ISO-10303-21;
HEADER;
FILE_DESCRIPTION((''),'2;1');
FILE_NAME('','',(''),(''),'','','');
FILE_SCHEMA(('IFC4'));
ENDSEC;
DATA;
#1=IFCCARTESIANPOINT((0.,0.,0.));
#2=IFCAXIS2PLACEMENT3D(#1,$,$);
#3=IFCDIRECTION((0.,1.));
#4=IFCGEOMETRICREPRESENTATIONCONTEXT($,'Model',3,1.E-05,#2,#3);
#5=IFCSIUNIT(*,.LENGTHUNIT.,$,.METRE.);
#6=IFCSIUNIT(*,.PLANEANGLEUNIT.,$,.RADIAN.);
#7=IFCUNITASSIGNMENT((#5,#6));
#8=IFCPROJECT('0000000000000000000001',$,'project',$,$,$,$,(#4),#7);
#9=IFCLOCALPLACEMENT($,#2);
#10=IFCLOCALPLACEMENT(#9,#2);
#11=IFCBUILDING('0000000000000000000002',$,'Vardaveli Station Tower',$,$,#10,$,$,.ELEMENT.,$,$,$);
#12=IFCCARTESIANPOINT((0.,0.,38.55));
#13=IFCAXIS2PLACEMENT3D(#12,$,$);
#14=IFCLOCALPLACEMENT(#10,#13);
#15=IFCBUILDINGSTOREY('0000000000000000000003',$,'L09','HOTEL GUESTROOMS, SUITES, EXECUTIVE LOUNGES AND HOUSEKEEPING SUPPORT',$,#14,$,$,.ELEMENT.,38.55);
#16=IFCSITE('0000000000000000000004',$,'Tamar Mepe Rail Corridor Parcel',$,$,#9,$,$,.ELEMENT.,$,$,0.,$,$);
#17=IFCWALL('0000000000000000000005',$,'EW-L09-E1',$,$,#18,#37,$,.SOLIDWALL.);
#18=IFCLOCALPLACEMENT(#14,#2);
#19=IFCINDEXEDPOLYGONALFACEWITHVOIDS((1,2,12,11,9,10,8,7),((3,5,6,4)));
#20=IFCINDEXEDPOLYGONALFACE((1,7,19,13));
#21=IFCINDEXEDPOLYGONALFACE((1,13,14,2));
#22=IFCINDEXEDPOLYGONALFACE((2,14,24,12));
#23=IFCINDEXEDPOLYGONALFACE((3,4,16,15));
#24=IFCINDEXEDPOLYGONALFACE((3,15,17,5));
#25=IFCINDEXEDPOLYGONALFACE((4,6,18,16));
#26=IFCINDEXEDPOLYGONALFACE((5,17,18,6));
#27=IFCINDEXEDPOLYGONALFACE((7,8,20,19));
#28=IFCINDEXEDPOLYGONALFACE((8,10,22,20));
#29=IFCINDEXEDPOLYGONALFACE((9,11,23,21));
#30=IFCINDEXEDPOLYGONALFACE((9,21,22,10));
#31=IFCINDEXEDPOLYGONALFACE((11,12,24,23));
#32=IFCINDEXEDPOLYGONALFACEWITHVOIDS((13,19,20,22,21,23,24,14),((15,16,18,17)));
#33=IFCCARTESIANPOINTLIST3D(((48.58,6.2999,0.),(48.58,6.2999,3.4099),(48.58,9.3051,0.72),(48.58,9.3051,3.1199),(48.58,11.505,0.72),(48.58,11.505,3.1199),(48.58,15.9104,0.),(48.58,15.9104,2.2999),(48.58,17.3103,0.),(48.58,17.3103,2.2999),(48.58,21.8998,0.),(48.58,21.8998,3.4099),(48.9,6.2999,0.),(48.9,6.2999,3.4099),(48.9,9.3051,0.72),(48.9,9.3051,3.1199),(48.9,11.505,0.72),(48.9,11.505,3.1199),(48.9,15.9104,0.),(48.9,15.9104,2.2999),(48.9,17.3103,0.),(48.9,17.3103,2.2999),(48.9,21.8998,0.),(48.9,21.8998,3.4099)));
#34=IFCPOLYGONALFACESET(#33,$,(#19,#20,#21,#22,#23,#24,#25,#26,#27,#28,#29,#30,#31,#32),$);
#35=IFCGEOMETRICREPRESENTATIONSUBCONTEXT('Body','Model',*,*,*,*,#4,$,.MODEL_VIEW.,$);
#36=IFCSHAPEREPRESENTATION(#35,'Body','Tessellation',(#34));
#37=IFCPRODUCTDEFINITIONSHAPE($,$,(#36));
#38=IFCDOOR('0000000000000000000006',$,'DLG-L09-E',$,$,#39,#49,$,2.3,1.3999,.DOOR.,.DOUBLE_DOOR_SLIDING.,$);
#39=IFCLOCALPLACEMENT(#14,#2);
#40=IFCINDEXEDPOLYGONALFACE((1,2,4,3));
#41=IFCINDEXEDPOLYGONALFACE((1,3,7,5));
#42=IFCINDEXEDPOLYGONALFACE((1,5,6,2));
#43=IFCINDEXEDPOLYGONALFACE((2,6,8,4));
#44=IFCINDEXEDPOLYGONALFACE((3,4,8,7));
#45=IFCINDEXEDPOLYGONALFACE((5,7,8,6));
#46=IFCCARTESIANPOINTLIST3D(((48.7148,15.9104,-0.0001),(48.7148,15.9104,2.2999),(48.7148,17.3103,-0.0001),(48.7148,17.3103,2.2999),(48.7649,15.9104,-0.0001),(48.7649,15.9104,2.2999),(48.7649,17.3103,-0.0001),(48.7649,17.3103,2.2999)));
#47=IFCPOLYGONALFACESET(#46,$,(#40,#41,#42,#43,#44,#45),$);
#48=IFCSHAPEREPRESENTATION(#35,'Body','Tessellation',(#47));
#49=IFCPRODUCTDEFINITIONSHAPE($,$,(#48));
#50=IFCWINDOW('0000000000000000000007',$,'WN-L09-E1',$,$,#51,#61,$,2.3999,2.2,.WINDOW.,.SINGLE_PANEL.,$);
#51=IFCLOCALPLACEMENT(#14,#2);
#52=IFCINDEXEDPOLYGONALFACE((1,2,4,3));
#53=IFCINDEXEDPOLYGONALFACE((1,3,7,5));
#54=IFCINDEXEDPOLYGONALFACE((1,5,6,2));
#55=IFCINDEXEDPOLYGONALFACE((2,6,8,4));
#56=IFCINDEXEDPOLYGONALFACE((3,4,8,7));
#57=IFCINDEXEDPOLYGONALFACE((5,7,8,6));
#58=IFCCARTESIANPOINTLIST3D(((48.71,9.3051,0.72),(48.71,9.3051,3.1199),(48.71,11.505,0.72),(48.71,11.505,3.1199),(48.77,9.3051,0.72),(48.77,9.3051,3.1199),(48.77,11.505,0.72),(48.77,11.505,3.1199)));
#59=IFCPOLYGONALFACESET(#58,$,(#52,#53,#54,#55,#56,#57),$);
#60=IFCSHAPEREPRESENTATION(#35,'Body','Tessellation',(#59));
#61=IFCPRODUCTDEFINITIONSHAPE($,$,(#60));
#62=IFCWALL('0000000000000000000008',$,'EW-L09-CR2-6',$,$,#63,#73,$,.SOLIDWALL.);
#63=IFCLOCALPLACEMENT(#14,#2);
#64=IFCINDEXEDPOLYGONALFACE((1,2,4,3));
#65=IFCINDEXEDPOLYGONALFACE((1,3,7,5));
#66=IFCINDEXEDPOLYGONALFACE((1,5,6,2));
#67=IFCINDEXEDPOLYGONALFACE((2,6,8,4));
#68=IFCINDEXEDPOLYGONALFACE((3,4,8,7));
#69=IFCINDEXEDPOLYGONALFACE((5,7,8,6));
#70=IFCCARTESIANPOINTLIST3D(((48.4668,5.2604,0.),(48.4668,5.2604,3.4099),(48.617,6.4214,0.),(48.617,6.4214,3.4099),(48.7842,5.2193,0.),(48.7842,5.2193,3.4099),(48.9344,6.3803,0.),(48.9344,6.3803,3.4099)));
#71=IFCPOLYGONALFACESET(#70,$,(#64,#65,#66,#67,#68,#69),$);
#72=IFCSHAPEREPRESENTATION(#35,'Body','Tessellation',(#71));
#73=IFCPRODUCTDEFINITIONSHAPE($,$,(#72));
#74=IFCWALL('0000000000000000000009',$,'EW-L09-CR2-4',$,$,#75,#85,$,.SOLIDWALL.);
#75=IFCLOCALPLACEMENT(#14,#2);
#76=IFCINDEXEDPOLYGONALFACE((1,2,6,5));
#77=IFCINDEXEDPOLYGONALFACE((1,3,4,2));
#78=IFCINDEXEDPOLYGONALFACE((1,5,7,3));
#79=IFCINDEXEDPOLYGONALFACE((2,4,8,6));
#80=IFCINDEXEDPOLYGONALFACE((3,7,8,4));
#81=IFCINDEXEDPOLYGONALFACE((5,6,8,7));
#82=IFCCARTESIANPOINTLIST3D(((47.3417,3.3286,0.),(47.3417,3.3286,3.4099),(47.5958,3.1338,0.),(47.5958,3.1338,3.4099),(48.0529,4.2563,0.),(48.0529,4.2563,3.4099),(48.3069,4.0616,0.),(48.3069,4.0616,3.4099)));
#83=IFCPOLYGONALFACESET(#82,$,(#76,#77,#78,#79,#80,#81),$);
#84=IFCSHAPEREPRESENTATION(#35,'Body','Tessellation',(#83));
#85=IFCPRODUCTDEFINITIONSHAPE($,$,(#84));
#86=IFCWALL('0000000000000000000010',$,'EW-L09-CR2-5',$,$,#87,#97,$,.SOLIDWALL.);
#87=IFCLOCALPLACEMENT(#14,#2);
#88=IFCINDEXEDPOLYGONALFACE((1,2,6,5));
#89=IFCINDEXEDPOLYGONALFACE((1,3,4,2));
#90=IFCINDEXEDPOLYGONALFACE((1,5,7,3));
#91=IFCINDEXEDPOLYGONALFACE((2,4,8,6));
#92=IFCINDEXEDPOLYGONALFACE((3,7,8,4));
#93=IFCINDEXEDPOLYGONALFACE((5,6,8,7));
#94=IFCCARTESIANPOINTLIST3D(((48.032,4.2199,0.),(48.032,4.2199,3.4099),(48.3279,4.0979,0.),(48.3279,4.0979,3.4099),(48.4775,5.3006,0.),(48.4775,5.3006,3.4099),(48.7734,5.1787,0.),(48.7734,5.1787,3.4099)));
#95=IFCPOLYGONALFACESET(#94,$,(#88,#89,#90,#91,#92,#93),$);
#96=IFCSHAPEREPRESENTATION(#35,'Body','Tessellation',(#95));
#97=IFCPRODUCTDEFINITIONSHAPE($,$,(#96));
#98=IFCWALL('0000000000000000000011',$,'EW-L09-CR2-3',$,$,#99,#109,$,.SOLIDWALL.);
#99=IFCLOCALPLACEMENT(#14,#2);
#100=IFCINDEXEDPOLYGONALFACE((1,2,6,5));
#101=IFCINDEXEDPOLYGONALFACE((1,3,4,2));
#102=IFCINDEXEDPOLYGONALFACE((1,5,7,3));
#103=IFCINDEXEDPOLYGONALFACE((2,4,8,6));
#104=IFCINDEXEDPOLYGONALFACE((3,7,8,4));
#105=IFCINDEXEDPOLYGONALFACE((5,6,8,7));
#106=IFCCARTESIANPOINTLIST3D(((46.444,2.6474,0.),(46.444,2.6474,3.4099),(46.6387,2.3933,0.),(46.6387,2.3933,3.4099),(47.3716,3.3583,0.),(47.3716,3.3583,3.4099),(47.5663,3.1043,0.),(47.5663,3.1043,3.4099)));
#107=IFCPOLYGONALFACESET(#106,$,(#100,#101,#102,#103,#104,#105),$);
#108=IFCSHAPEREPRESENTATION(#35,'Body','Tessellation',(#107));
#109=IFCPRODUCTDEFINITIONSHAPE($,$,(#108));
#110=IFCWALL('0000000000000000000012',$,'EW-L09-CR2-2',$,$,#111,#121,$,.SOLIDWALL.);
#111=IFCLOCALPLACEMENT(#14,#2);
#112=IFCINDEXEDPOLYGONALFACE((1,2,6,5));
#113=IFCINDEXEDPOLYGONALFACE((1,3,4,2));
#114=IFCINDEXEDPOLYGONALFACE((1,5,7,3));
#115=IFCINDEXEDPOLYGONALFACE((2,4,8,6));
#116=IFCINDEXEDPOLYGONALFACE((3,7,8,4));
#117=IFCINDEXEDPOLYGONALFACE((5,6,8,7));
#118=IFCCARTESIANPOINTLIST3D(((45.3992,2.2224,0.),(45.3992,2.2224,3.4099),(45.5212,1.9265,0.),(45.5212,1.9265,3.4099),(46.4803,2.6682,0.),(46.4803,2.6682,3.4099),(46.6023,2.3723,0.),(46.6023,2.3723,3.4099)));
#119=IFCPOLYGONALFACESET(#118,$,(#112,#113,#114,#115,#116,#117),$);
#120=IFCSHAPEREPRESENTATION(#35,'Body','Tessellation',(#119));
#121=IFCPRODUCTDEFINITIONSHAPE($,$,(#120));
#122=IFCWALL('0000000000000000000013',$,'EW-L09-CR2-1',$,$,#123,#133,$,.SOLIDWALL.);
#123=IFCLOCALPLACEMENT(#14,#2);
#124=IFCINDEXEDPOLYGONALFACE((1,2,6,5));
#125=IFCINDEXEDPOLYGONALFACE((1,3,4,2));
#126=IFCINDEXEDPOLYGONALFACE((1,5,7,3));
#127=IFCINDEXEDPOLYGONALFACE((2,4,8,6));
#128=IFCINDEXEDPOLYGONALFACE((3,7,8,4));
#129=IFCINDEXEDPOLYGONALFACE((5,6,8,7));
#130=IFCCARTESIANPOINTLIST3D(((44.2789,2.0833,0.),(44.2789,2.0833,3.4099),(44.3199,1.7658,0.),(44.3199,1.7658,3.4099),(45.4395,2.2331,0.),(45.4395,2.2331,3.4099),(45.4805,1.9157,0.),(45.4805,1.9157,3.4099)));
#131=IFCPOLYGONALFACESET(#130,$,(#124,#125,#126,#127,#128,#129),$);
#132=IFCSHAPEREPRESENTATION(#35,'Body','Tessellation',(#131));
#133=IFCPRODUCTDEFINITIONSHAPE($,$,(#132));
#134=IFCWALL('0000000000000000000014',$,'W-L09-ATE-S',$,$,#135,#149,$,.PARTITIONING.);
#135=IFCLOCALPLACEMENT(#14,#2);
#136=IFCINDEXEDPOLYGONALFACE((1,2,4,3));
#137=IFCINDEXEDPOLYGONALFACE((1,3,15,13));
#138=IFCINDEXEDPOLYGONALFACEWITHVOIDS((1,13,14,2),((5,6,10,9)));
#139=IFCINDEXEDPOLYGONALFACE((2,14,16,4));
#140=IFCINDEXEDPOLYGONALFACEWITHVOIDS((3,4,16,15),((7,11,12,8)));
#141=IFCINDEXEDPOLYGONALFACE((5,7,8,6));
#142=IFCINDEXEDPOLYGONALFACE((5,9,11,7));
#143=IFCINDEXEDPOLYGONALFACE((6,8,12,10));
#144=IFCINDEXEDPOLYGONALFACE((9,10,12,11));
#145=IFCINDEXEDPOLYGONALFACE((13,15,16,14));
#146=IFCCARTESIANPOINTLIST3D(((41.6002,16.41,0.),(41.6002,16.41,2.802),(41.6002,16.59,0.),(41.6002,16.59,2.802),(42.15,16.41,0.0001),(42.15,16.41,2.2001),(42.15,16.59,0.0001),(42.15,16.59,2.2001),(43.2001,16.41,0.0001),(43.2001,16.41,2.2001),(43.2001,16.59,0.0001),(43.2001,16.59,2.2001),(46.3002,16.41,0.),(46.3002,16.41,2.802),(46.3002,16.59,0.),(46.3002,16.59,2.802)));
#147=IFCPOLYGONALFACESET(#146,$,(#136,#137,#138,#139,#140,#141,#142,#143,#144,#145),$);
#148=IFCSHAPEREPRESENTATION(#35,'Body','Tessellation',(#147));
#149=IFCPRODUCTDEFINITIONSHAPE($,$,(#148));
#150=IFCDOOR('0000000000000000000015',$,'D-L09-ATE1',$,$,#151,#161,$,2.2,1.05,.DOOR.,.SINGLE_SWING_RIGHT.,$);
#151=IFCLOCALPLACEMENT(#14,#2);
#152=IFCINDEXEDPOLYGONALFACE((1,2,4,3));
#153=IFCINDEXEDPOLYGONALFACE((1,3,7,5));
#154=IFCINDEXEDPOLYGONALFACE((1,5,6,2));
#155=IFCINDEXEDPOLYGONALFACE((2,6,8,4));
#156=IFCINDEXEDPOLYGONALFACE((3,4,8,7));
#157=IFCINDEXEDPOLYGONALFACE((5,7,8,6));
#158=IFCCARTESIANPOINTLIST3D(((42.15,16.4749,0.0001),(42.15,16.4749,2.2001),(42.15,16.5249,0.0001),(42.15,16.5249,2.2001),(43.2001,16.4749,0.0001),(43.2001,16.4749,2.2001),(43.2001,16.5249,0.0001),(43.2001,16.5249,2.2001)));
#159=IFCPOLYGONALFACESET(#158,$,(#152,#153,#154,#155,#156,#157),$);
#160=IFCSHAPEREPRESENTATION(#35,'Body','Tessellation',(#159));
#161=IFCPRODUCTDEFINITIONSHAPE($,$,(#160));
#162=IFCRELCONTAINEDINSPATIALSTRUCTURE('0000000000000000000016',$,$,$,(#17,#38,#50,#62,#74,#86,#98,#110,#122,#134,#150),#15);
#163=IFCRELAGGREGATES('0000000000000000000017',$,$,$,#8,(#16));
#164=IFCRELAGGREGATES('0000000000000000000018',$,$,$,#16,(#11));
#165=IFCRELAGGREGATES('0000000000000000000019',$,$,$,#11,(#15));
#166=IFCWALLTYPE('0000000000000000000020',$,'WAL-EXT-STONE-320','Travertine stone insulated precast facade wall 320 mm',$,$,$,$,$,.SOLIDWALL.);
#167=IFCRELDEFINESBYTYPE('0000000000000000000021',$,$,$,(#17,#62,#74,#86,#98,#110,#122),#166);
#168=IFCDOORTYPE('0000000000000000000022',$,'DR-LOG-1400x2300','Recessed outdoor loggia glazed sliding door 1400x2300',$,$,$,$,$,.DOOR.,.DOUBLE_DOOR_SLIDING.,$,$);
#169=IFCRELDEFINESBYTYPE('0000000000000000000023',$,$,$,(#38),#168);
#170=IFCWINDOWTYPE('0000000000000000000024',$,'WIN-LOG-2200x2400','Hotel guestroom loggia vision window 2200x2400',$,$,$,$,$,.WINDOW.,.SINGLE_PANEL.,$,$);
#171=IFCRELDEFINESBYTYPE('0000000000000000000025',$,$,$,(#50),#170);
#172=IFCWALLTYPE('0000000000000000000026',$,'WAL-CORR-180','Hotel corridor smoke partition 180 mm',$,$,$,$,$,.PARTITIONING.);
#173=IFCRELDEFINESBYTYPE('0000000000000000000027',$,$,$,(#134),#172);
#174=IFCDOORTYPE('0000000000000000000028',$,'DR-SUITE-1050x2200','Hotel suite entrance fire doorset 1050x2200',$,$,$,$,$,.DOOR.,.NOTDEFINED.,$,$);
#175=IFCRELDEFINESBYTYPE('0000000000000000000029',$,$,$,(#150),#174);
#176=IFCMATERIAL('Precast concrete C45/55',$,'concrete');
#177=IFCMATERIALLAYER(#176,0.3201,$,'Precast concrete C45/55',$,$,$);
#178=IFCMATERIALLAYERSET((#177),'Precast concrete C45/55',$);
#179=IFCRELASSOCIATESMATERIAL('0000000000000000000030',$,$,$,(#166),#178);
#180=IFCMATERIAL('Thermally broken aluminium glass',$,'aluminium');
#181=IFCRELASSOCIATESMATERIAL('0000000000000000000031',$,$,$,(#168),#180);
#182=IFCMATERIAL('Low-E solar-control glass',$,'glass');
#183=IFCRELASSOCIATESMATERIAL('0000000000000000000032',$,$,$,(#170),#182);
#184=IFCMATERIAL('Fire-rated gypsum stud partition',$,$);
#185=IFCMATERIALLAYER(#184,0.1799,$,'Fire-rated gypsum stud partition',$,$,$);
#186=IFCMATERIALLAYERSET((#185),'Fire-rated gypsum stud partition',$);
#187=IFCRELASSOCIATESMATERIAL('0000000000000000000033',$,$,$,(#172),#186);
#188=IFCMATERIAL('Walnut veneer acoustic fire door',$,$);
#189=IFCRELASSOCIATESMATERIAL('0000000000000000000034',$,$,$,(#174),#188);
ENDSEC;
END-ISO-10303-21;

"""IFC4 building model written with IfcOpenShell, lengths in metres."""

from ifc_helpers import new_model, si_unit, direction, frame, frame_2d, origin, place, context, subcontext, project, spatial, rectangle, extrude, source, transform, mapped, material, layer, layer_set, type_object, element, fill, save


model = new_model("IFC4")

# Units and contexts
model_context = context("Model", 3, precision=1e-05, world=origin(), true_north=direction((0.0, 1.0)))
body_context = subcontext(model_context, "Body", "Model", "MODEL_VIEW")
ifc_project = project(units=[si_unit("LENGTHUNIT", "METRE"), si_unit("PLANEANGLEUNIT", "RADIAN")], contexts=[model_context])

# Site, building, storey
site_placement = place(None, origin())
site = spatial("IfcSite", under=ifc_project, at=site_placement, Name="Tamar Mepe Rail Corridor Parcel", CompositionType="ELEMENT", RefElevation=0.0)
building_placement = place(site_placement, origin())
building = spatial("IfcBuilding", under=site, at=building_placement, Name="Vardaveli Station Tower", CompositionType="ELEMENT")
storey_placement = place(building_placement, frame((0.0, 0.0, 38.55)))
storey = spatial("IfcBuildingStorey", under=building, at=storey_placement, Name="L09", Description="HOTEL GUESTROOMS, SUITES, EXECUTIVE LOUNGES AND HOUSEKEEPING SUPPORT", CompositionType="ELEMENT", Elevation=38.55)

# Shared definitions
ifc_material_1 = material(Name="Precast concrete C45/55", Category="concrete")

# Wall, openings, door, window
ifc_layer_1 = layer(ifc_material_1, 0.3201, Name="Precast concrete C45/55")
ifc_layer_set_1 = layer_set([ifc_layer_1], Name="Precast concrete C45/55")
wall_type_1 = type_object("IfcWallType", Name="WAL-EXT-STONE-320", Description="Travertine stone insulated precast facade wall 320 mm", PredefinedType="SOLIDWALL", material=ifc_layer_set_1)
shared_shape_1 = source(origin(), body_context, "Body", "SweptSolid", [
    extrude(rectangle(XDim=15.5999, YDim=0.3201, at=frame_2d((7.7998, 0.0))), origin(), (0.0, 0.0, 1.0), 3.4099),
])
wall_1_placement = place(storey_placement, frame((48.74, 6.3, 0.0), z_axis=(0.0, 0.0, 1.0), x_axis=(0.0, 1.0, 0.0)))
wall_1 = element("IfcWall", 1, at=wall_1_placement, inside=storey, type_object=wall_type_1, Name="EW-L09-E1", PredefinedType="SOLIDWALL", context=body_context, shape_type="MappedRepresentation", body=[
    mapped(shared_shape_1, transform((0.0, 0.0, 0.0), scale=1.0)),
])
shared_shape_2 = source(origin(), body_context, "Body", "SweptSolid", [
    extrude(rectangle(XDim=1.3999, YDim=2.3, at=frame_2d((0.7, 1.1499))), frame((0.0, 0.1699, 0.0), z_axis=(0.0, -1.0, 0.0), x_axis=(1.0, 0.0, 0.0)), (0.0, 0.0, 1.0), 0.3401),
])
opening_1_placement = place(wall_1_placement, frame((9.6104, 0.0, 0.0)))
opening_1 = element("IfcOpeningElement", 2, at=opening_1_placement, cuts=wall_1, PredefinedType="OPENING", context=body_context, shape_type="MappedRepresentation", body=[
    mapped(shared_shape_2, transform((0.0, 0.0, 0.0), scale=1.0)),
])
shared_shape_3 = source(origin(), body_context, "Body", "SweptSolid", [
    extrude(rectangle(XDim=2.2, YDim=2.3999, at=frame_2d((1.1001, 1.2))), frame((0.0, 0.1699, 0.0), z_axis=(0.0, -1.0, 0.0), x_axis=(1.0, 0.0, 0.0)), (0.0, 0.0, 1.0), 0.3401),
])
opening_2_placement = place(wall_1_placement, frame((3.0049, 0.0, 0.72)))
opening_2 = element("IfcOpeningElement", 3, at=opening_2_placement, cuts=wall_1, PredefinedType="OPENING", context=body_context, shape_type="MappedRepresentation", body=[
    mapped(shared_shape_3, transform((0.0, 0.0, 0.0), scale=1.0)),
])
ifc_material_2 = material(Name="Thermally broken aluminium glass", Category="aluminium")
door_type_1 = type_object("IfcDoorType", Name="DR-LOG-1400x2300", Description="Recessed outdoor loggia glazed sliding door 1400x2300", OperationType="DOUBLE_DOOR_SLIDING", PredefinedType="DOOR", material=ifc_material_2)
shared_shape_4 = source(origin(), body_context, "Body", "SweptSolid", [
    extrude(rectangle(XDim=1.3999, YDim=2.3, at=frame_2d((0.7, 1.1499))), frame((0.0, 0.0249, 0.0), z_axis=(0.0, -1.0, 0.0), x_axis=(1.0, 0.0, 0.0)), (0.0, 0.0, 1.0), 0.05),
])
door_1_placement = place(opening_1_placement, frame((1.3999, 0.0, 0.0), z_axis=(0.0, 0.0, 1.0), x_axis=(-1.0, 0.0, 0.0)))
door_1 = element("IfcDoor", 4, at=door_1_placement, inside=storey, type_object=door_type_1, Name="DLG-L09-E", OperationType="DOUBLE_DOOR_SLIDING", OverallHeight=2.3, OverallWidth=1.3999, PredefinedType="DOOR", context=body_context, shape_type="MappedRepresentation", body=[
    mapped(shared_shape_4, transform((0.0, 0.0, 0.0), scale=1.0)),
])
fill(opening_1, door_1)
ifc_material_3 = material(Name="Low-E solar-control glass", Category="glass")
window_type = type_object("IfcWindowType", Name="WIN-LOG-2200x2400", Description="Hotel guestroom loggia vision window 2200x2400", PartitioningType="SINGLE_PANEL", PredefinedType="WINDOW", material=ifc_material_3)
shared_shape_5 = source(origin(), body_context, "Body", "SweptSolid", [
    extrude(rectangle(XDim=2.2, YDim=2.3999, at=frame_2d((1.1001, 1.2))), frame((0.0, 0.03, 0.0), z_axis=(0.0, -1.0, 0.0), x_axis=(1.0, 0.0, 0.0)), (0.0, 0.0, 1.0), 0.0601),
])
window_placement = place(opening_2_placement, origin())
window = element("IfcWindow", 5, at=window_placement, inside=storey, type_object=window_type, Name="WN-L09-E1", OverallHeight=2.3999, OverallWidth=2.2, PartitioningType="SINGLE_PANEL", PredefinedType="WINDOW", context=body_context, shape_type="MappedRepresentation", body=[
    mapped(shared_shape_5, transform((0.0, 0.0, 0.0), scale=1.0)),
])
fill(opening_2, window)

# Walls
shared_shape_6 = source(origin(), body_context, "Body", "SweptSolid", [
    extrude(rectangle(XDim=1.1707, YDim=0.3201, at=frame_2d((0.5854, 0.0))), origin(), (0.0, 0.0, 1.0), 3.4099),
])
wall_2_placement = place(storey_placement, frame((48.6255, 5.2397, 0.0), z_axis=(0.0, 0.0, 1.0), x_axis=(0.128269, 0.991739, 0.0)))
element("IfcWall", 6, at=wall_2_placement, inside=storey, type_object=wall_type_1, Name="EW-L09-CR2-6", PredefinedType="SOLIDWALL", context=body_context, shape_type="MappedRepresentation", body=[
    mapped(shared_shape_6, transform((0.0, 0.0, 0.0), scale=1.0)),
])
shared_shape_7 = source(origin(), body_context, "Body", "SweptSolid", [
    extrude(rectangle(XDim=1.1689, YDim=0.3201, at=frame_2d((0.5845, 0.0))), origin(), (0.0, 0.0, 1.0), 3.4099),
])
for number, where, z_axis, x_axis, name in (
    (7, (47.4688, 3.2312, 0.0), (0.0, 0.0, 1.0), (0.608388, 0.79364, 0.0), "EW-L09-CR2-4"),
    (8, (48.1799, 4.1589, 0.0), (0.0, 0.0, 1.0), (0.381128, 0.924522, 0.0), "EW-L09-CR2-5"),
):
    element("IfcWall", number, at=place(storey_placement, frame(where, z_axis=z_axis, x_axis=x_axis)), inside=storey, type_object=wall_type_1, Name=name, PredefinedType="SOLIDWALL", context=body_context, shape_type="MappedRepresentation", body=[
        mapped(shared_shape_7, transform((0.0, 0.0, 0.0), scale=1.0)),
    ])
shared_shape_8 = source(origin(), body_context, "Body", "SweptSolid", [
    extrude(rectangle(XDim=1.1687, YDim=0.3201, at=frame_2d((0.5845, 0.0))), origin(), (0.0, 0.0, 1.0), 3.4099),
])
wall_3_placement = place(storey_placement, frame((46.5413, 2.5203, 0.0), z_axis=(0.0, 0.0, 1.0), x_axis=(0.793664, 0.608357, 0.0)))
element("IfcWall", 9, at=wall_3_placement, inside=storey, type_object=wall_type_1, Name="EW-L09-CR2-3", PredefinedType="SOLIDWALL", context=body_context, shape_type="MappedRepresentation", body=[
    mapped(shared_shape_8, transform((0.0, 0.0, 0.0), scale=1.0)),
])
shared_shape_9 = source(origin(), body_context, "Body", "SweptSolid", [
    extrude(rectangle(XDim=1.1694, YDim=0.3201, at=frame_2d((0.5847, 0.0))), origin(), (0.0, 0.0, 1.0), 3.4099),
])
wall_4_placement = place(storey_placement, frame((45.4602, 2.0745, 0.0), z_axis=(0.0, 0.0, 1.0), x_axis=(0.924479, 0.381233, 0.0)))
element("IfcWall", 10, at=wall_4_placement, inside=storey, type_object=wall_type_1, Name="EW-L09-CR2-2", PredefinedType="SOLIDWALL", context=body_context, shape_type="MappedRepresentation", body=[
    mapped(shared_shape_9, transform((0.0, 0.0, 0.0), scale=1.0)),
])
shared_shape_10 = source(origin(), body_context, "Body", "SweptSolid", [
    extrude(rectangle(XDim=1.1702, YDim=0.3201, at=frame_2d((0.585, 0.0))), origin(), (0.0, 0.0, 1.0), 3.4099),
])
wall_5_placement = place(storey_placement, frame((44.2996, 1.9246, 0.0), z_axis=(0.0, 0.0, 1.0), x_axis=(0.991762, 0.12809, 0.0)))
element("IfcWall", 11, at=wall_5_placement, inside=storey, type_object=wall_type_1, Name="EW-L09-CR2-1", PredefinedType="SOLIDWALL", context=body_context, shape_type="MappedRepresentation", body=[
    mapped(shared_shape_10, transform((0.0, 0.0, 0.0), scale=1.0)),
])

# Wall, opening, door
ifc_material_4 = material(Name="Fire-rated gypsum stud partition")
ifc_layer_2 = layer(ifc_material_4, 0.1799, Name="Fire-rated gypsum stud partition")
ifc_layer_set_2 = layer_set([ifc_layer_2], Name="Fire-rated gypsum stud partition")
wall_type_2 = type_object("IfcWallType", Name="WAL-CORR-180", Description="Hotel corridor smoke partition 180 mm", PredefinedType="PARTITIONING", material=ifc_layer_set_2)
shared_shape_11 = source(origin(), body_context, "Body", "SweptSolid", [
    extrude(rectangle(XDim=4.7, YDim=0.1799, at=frame_2d((2.3501, 0.0))), origin(), (0.0, 0.0, 1.0), 2.802),
])
wall_6_placement = place(storey_placement, frame((41.6001, 16.5, 0.0), z_axis=(0.0, 0.0, 1.0), x_axis=(1.0, 0.0, 0.0)))
wall_6 = element("IfcWall", 12, at=wall_6_placement, inside=storey, type_object=wall_type_2, Name="W-L09-ATE-S", PredefinedType="PARTITIONING", context=body_context, shape_type="MappedRepresentation", body=[
    mapped(shared_shape_11, transform((0.0, 0.0, 0.0), scale=1.0)),
])
shared_shape_12 = source(origin(), body_context, "Body", "SweptSolid", [
    extrude(rectangle(XDim=1.05, YDim=2.2, at=frame_2d((0.5249, 1.1001))), frame((0.0, 0.1001, 0.0), z_axis=(0.0, -1.0, 0.0), x_axis=(1.0, 0.0, 0.0)), (0.0, 0.0, 1.0), 0.2),
])
opening_3_placement = place(wall_6_placement, frame((0.55, 0.0, 0.0)))
opening_3 = element("IfcOpeningElement", 13, at=opening_3_placement, cuts=wall_6, PredefinedType="OPENING", context=body_context, shape_type="MappedRepresentation", body=[
    mapped(shared_shape_12, transform((0.0, 0.0, 0.0), scale=1.0)),
])
ifc_material_5 = material(Name="Walnut veneer acoustic fire door")
door_type_2 = type_object("IfcDoorType", Name="DR-SUITE-1050x2200", Description="Hotel suite entrance fire doorset 1050x2200", OperationType="NOTDEFINED", PredefinedType="DOOR", material=ifc_material_5)
shared_shape_13 = source(origin(), body_context, "Body", "SweptSolid", [
    extrude(rectangle(XDim=1.05, YDim=2.2, at=frame_2d((0.5249, 1.1001))), frame((0.0, 0.0249, 0.0), z_axis=(0.0, -1.0, 0.0), x_axis=(1.0, 0.0, 0.0)), (0.0, 0.0, 1.0), 0.05),
])
door_2_placement = place(opening_3_placement, origin())
door_2 = element("IfcDoor", 14, at=door_2_placement, inside=storey, type_object=door_type_2, Name="D-L09-ATE1", OperationType="SINGLE_SWING_RIGHT", OverallHeight=2.2, OverallWidth=1.05, PredefinedType="DOOR", context=body_context, shape_type="MappedRepresentation", body=[
    mapped(shared_shape_13, transform((0.0, 0.0, 0.0), scale=1.0)),
])
fill(opening_3, door_2)

save(model, "model.ifc")
